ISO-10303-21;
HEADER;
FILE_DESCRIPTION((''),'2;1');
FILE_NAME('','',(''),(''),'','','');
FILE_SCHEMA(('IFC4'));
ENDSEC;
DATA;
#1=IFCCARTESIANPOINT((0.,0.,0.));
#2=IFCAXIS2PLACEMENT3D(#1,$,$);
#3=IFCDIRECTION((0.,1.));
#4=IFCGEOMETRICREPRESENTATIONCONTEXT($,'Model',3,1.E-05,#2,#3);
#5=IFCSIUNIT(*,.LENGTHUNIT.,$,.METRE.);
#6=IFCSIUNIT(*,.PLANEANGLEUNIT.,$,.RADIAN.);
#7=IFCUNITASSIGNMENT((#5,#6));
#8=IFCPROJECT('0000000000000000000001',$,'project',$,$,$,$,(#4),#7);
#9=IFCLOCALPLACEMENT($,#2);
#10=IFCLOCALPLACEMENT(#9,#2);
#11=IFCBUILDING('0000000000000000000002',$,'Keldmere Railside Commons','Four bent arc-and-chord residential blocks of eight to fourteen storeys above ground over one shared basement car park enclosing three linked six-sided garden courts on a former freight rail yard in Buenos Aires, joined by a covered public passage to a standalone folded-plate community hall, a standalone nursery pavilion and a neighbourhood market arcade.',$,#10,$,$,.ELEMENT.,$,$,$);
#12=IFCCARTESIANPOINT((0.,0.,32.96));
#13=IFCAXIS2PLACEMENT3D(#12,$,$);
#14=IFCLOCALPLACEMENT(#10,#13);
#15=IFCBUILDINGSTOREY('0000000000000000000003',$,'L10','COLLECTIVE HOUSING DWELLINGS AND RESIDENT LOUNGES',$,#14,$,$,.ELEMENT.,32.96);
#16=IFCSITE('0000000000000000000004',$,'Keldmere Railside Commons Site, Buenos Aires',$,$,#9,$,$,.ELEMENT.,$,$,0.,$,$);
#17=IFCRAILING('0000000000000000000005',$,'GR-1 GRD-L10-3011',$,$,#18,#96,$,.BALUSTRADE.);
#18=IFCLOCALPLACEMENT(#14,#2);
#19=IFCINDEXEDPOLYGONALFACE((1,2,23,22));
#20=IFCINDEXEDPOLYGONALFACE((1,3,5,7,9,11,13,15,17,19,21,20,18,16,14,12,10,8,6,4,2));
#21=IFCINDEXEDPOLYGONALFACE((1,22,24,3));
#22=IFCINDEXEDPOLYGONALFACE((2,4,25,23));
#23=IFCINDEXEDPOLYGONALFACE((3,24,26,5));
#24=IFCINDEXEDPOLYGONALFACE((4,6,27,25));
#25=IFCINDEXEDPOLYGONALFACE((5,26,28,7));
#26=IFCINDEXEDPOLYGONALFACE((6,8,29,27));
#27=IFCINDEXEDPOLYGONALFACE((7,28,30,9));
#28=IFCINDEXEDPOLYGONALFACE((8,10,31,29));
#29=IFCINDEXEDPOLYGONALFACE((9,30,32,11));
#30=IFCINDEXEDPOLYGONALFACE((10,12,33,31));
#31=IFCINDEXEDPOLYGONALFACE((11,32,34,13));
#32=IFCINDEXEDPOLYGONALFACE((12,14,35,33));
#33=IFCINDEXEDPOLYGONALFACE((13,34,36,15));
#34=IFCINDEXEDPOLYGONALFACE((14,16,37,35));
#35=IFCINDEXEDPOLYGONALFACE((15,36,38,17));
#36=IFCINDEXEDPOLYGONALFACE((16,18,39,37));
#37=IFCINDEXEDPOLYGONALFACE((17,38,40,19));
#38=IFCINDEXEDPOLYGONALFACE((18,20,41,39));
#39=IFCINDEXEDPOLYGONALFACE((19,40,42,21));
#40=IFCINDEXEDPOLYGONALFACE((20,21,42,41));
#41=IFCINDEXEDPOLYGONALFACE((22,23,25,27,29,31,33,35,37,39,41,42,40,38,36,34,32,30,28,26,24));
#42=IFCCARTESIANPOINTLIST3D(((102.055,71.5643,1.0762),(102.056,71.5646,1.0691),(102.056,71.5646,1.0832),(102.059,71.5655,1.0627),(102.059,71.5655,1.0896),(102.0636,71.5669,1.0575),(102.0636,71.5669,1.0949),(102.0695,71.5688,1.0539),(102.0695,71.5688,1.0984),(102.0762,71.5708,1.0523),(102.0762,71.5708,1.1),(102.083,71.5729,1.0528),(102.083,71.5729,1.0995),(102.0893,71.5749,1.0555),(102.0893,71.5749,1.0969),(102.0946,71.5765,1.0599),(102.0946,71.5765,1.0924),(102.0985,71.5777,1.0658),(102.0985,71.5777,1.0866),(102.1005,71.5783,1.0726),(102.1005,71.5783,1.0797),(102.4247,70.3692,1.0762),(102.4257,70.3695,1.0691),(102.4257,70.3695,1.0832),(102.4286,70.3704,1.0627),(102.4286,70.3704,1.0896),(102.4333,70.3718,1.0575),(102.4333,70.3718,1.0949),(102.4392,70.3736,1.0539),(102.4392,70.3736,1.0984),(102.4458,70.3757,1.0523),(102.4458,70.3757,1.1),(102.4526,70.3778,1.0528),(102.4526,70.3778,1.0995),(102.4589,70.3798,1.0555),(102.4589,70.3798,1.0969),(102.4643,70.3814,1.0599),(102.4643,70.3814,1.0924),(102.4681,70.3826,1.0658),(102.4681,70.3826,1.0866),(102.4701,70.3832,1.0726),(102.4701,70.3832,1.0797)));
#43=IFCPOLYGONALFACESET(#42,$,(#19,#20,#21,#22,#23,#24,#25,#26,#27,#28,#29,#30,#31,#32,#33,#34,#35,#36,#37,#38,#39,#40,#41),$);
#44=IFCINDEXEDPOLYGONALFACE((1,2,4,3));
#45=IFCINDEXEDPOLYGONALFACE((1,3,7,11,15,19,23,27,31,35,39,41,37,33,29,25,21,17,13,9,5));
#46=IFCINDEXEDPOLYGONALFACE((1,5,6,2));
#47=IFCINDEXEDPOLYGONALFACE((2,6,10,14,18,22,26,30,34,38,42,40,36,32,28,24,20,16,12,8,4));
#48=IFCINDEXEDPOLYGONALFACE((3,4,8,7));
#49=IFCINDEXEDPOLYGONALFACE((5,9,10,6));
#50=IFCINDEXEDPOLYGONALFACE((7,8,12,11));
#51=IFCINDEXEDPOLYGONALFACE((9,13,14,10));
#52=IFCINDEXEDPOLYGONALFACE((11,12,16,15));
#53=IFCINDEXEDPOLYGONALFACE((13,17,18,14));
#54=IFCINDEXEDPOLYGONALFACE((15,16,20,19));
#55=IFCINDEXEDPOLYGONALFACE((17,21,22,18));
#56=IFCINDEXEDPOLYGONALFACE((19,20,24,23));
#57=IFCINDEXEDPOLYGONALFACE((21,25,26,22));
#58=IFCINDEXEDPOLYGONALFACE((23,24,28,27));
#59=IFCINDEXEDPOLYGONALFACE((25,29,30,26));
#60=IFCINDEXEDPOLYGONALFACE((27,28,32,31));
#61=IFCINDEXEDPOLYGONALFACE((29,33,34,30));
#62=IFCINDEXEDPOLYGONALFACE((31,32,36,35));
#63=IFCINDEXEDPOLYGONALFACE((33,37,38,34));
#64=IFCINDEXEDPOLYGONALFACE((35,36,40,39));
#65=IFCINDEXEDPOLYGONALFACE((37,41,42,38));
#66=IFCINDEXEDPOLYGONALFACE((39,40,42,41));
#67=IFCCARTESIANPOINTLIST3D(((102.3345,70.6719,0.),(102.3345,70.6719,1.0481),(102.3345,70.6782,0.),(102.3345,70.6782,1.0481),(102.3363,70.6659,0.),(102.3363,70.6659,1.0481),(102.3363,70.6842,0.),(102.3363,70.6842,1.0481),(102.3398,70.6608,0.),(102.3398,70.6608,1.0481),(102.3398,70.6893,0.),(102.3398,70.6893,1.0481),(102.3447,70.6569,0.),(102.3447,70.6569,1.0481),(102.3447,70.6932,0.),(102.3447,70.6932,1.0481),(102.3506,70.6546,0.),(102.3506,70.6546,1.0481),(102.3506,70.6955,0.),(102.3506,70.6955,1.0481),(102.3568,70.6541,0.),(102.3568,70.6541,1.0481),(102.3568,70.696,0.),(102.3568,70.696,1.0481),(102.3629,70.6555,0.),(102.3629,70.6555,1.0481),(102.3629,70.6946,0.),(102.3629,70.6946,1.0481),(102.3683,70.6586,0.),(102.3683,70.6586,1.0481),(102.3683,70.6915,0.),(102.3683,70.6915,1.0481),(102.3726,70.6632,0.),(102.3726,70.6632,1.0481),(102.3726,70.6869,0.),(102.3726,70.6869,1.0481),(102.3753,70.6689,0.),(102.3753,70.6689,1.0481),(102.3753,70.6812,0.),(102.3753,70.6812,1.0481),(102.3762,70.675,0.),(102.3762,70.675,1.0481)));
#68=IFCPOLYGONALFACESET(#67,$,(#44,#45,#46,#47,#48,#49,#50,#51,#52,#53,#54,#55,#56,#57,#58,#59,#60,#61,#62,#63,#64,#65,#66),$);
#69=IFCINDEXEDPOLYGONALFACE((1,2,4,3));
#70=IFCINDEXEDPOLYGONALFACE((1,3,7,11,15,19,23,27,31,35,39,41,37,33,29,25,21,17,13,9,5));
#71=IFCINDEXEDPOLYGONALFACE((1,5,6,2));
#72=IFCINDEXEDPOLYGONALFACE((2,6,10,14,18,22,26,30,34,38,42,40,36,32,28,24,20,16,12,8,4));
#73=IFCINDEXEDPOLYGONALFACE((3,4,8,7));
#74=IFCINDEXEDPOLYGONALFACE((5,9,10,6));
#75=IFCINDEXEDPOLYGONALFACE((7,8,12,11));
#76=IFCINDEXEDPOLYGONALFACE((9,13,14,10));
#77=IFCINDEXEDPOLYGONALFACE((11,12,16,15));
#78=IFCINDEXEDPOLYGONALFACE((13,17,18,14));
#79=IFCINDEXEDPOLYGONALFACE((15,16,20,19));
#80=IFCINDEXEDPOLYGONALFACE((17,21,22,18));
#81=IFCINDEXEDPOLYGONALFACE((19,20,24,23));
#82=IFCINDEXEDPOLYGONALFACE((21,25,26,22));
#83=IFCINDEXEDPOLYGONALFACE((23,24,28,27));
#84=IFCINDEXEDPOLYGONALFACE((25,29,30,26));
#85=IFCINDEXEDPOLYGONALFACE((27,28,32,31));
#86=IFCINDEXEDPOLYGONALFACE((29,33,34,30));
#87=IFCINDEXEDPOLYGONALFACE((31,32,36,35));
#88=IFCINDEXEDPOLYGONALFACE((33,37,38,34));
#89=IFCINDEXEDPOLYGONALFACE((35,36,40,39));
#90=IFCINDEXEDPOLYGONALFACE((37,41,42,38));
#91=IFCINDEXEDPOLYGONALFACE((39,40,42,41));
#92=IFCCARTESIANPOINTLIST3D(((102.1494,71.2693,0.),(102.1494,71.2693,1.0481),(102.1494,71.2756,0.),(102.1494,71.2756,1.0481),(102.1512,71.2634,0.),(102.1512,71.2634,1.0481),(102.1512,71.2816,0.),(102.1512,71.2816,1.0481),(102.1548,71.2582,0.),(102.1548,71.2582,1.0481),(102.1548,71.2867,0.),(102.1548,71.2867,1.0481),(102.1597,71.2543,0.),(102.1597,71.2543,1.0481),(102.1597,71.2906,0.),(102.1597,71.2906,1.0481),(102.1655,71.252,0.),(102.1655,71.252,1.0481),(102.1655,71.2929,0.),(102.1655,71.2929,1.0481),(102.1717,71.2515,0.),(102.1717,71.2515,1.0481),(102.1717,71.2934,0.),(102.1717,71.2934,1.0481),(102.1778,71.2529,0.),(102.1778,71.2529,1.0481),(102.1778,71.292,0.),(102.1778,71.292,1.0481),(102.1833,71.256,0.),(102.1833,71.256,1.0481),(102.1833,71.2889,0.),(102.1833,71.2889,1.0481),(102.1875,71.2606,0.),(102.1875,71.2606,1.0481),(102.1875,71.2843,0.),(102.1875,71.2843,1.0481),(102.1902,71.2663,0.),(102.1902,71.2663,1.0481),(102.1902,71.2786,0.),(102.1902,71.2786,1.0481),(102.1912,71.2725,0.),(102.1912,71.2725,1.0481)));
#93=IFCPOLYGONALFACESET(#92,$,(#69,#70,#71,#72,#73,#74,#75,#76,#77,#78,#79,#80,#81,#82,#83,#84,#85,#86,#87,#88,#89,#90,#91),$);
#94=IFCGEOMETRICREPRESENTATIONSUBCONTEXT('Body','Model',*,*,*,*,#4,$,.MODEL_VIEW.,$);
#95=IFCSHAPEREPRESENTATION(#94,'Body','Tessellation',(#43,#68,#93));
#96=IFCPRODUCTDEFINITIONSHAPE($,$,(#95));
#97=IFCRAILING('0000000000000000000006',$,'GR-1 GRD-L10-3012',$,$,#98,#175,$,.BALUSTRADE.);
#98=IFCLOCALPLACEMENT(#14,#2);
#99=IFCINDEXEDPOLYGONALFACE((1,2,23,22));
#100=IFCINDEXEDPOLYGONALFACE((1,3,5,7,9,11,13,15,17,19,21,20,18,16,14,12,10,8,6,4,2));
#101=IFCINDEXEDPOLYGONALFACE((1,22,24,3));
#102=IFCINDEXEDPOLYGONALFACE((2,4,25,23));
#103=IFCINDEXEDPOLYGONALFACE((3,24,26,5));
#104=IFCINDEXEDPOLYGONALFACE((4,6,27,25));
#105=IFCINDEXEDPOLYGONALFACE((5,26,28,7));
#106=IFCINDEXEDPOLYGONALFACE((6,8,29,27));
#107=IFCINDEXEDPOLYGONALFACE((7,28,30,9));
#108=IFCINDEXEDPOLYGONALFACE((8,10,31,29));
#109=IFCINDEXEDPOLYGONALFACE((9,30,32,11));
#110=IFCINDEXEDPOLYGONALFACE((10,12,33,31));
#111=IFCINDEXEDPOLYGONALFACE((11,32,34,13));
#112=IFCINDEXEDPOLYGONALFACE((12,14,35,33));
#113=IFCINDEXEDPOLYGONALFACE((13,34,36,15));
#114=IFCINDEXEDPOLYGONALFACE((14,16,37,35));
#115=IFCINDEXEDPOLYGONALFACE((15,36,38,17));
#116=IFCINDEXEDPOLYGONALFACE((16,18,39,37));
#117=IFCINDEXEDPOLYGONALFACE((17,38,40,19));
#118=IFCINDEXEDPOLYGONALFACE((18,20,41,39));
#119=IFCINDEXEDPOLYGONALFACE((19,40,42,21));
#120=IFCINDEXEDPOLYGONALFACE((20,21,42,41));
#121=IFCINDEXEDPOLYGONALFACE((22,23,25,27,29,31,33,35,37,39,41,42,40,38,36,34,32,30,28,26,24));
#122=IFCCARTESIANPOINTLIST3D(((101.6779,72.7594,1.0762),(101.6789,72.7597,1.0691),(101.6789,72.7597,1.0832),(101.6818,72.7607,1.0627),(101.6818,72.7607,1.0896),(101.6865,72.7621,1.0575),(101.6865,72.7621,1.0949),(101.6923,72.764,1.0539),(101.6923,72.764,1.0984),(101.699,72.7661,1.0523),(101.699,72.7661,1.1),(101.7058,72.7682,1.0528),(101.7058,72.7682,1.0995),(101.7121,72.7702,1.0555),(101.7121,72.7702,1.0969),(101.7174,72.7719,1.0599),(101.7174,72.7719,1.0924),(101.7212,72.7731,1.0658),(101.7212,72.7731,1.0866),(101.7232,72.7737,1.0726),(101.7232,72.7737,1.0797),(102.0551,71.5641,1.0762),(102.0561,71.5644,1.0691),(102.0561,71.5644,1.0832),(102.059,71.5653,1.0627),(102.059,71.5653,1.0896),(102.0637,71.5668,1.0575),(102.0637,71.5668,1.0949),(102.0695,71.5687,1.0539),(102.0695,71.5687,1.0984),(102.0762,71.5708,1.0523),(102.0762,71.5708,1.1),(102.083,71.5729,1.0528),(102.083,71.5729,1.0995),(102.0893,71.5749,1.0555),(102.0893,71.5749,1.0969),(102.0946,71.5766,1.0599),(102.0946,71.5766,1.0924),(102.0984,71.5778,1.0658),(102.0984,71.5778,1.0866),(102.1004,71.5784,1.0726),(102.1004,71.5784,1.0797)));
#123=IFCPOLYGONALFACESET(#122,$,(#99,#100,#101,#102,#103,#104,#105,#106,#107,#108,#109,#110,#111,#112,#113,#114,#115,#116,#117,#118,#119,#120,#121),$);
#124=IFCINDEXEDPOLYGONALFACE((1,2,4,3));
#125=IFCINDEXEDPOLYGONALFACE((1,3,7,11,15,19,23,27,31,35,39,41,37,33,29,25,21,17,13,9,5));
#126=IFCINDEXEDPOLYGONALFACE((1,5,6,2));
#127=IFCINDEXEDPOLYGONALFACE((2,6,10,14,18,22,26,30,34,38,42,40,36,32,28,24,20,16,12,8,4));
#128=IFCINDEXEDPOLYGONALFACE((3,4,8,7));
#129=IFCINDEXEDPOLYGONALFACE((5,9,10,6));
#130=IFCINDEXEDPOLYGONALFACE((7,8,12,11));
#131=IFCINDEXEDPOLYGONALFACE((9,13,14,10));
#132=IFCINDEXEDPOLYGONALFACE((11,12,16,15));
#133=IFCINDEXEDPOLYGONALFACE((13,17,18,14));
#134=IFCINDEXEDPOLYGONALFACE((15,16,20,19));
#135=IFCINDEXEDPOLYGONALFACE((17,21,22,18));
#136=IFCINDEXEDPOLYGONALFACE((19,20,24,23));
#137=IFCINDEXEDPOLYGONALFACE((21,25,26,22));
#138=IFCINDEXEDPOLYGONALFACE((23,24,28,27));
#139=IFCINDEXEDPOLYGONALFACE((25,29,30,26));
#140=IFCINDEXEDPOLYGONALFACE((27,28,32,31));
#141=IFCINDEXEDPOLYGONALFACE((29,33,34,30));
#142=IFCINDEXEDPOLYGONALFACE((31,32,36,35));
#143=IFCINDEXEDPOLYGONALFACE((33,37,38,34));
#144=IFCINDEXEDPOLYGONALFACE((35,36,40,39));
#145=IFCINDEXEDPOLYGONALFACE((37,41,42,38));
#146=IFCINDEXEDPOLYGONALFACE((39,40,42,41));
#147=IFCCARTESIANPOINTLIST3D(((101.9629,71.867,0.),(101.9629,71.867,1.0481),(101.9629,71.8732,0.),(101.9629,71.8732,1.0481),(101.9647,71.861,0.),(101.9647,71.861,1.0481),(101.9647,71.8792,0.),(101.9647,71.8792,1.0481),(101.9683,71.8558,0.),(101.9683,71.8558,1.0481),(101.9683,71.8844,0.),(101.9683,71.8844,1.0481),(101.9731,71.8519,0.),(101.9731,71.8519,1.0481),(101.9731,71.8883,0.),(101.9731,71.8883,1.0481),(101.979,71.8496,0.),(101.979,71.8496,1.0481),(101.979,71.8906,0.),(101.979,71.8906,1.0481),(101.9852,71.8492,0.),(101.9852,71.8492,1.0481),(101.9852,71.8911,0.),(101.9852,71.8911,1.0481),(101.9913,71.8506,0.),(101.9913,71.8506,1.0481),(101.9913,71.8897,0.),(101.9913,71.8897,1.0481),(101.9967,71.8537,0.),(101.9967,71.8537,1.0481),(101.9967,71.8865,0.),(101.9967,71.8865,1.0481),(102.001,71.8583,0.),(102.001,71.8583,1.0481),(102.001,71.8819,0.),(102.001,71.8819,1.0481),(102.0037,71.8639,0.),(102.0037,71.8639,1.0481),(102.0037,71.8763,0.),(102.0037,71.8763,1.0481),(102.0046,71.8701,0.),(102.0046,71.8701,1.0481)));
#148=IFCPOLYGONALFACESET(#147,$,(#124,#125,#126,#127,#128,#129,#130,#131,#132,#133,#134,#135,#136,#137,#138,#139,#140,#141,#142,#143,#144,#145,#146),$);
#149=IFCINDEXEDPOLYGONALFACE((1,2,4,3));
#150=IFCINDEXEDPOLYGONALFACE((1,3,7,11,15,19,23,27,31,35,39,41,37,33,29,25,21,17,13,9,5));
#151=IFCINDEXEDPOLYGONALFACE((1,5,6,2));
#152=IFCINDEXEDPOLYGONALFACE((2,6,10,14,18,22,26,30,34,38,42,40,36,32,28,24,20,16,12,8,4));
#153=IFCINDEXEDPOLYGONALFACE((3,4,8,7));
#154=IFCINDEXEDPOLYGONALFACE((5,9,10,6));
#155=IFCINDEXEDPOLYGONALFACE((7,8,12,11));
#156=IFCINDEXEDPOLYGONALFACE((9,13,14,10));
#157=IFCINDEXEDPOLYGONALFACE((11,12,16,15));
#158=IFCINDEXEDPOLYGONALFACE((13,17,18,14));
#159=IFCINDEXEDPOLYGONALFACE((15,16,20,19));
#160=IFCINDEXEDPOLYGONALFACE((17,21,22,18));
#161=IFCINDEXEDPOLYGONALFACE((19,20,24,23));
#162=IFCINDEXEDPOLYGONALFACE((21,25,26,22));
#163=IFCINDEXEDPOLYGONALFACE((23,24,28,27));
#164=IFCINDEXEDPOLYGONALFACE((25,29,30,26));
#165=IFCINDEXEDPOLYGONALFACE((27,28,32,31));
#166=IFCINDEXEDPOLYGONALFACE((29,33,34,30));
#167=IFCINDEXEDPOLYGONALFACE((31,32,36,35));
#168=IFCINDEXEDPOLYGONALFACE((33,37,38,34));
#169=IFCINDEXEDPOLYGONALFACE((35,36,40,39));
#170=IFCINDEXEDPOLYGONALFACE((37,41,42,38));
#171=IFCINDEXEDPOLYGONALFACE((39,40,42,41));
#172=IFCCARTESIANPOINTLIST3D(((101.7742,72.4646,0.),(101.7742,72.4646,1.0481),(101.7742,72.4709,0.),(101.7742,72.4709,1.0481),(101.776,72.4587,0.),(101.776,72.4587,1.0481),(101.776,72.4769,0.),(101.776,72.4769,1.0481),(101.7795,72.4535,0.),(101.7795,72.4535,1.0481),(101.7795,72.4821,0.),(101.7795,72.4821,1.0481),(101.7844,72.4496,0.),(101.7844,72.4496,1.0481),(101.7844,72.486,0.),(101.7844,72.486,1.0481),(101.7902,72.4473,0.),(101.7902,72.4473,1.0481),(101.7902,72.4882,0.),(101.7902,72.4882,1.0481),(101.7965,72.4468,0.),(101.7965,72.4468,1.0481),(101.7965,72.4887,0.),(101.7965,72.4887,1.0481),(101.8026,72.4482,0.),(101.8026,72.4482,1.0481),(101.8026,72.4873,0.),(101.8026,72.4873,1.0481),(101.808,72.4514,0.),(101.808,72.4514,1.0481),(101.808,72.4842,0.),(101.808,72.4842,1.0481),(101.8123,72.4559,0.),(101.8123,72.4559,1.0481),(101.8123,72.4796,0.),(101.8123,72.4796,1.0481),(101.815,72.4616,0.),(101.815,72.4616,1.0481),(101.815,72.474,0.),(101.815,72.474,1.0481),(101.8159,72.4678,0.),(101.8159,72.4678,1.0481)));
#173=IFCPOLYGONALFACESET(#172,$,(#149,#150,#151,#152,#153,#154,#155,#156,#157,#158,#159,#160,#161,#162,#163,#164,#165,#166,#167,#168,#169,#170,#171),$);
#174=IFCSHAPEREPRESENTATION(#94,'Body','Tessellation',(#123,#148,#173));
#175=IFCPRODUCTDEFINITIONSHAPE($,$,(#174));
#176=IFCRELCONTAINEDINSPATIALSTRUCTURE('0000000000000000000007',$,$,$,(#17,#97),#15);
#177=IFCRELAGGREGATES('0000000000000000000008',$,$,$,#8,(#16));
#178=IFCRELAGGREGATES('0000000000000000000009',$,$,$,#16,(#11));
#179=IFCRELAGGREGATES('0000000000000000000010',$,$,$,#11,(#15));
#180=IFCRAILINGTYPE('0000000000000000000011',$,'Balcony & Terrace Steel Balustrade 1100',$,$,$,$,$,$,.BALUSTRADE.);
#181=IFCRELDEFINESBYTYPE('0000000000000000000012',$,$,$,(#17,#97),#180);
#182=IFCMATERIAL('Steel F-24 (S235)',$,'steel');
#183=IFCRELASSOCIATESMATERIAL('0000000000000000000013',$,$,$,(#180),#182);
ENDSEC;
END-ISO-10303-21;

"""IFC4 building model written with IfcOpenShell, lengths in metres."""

from ifc_helpers import new_model, si_unit, direction, frame, origin, origin_2d, place, context, subcontext, project, spatial, circle, extrude, material, type_object, element, save


model = new_model("IFC4")

# Units and contexts
model_context = context("Model", 3, precision=1e-05, world=origin(), true_north=direction((0.0, 1.0)))
body_context = subcontext(model_context, "Body", "Model", "MODEL_VIEW")
ifc_project = project(units=[si_unit("LENGTHUNIT", "METRE"), si_unit("PLANEANGLEUNIT", "RADIAN")], contexts=[model_context])

# Site, building, storey
site_placement = place(None, origin())
site = spatial("IfcSite", under=ifc_project, at=site_placement, Name="Keldmere Railside Commons Site, Buenos Aires", CompositionType="ELEMENT", RefElevation=0.0)
building_placement = place(site_placement, origin())
building = spatial("IfcBuilding", under=site, at=building_placement, Name="Keldmere Railside Commons", Description="Four bent arc-and-chord residential blocks of eight to fourteen storeys above ground over one shared basement car park enclosing three linked six-sided garden courts on a former freight rail yard in Buenos Aires, joined by a covered public passage to a standalone folded-plate community hall, a standalone nursery pavilion and a neighbourhood market arcade.", CompositionType="ELEMENT")
storey_placement = place(building_placement, frame((0.0, 0.0, 32.96)))
storey = spatial("IfcBuildingStorey", under=building, at=storey_placement, Name="L10", Description="COLLECTIVE HOUSING DWELLINGS AND RESIDENT LOUNGES", CompositionType="ELEMENT", Elevation=32.96)

# Railings
ifc_material_1 = material(Name="Steel F-24 (S235)", Category="steel")
railing_type = type_object("IfcRailingType", Name="Balcony & Terrace Steel Balustrade 1100", PredefinedType="BALUSTRADE", material=ifc_material_1)
railing_1_placement = place(storey_placement, frame((102.4475, 70.3762, 0.0)))
element("IfcRailing", 1, at=railing_1_placement, inside=storey, type_object=railing_type, Name="GR-1 GRD-L10-3011", PredefinedType="BALUSTRADE", context=body_context, shape_type="SweptSolid", body=[
    extrude(circle(Radius=0.0239, at=origin_2d()), frame((0.0, 0.0, 1.0762), z_axis=(-0.295484, 0.955348, 0.0), x_axis=(-0.955348, -0.295484, 0.0)), (0.0, 0.0, 1.0), 1.251),
    extrude(circle(Radius=0.021, at=origin_2d()), frame((-0.0923, 0.2988, 0.0)), (0.0, 0.0, 1.0), 1.0481),
    extrude(circle(Radius=0.021, at=origin_2d()), frame((-0.2773, 0.8962, 0.0)), (0.0, 0.0, 1.0), 1.0481),
])
railing_2_placement = place(storey_placement, frame((102.0779, 71.5713, 0.0)))
element("IfcRailing", 2, at=railing_2_placement, inside=storey, type_object=railing_type, Name="GR-1 GRD-L10-3012", PredefinedType="BALUSTRADE", context=body_context, shape_type="SweptSolid", body=[
    extrude(circle(Radius=0.0239, at=origin_2d()), frame((0.0, 0.0, 1.0762), z_axis=(-0.300936, 0.953644, 0.0), x_axis=(-0.953644, -0.300936, 0.0)), (0.0, 0.0, 1.0), 1.2534),
    extrude(circle(Radius=0.021, at=origin_2d()), frame((-0.0942, 0.2988, 0.0)), (0.0, 0.0, 1.0), 1.0481),
    extrude(circle(Radius=0.021, at=origin_2d()), frame((-0.283, 0.8965, 0.0)), (0.0, 0.0, 1.0), 1.0481),
])

save(model, "model.ifc")
